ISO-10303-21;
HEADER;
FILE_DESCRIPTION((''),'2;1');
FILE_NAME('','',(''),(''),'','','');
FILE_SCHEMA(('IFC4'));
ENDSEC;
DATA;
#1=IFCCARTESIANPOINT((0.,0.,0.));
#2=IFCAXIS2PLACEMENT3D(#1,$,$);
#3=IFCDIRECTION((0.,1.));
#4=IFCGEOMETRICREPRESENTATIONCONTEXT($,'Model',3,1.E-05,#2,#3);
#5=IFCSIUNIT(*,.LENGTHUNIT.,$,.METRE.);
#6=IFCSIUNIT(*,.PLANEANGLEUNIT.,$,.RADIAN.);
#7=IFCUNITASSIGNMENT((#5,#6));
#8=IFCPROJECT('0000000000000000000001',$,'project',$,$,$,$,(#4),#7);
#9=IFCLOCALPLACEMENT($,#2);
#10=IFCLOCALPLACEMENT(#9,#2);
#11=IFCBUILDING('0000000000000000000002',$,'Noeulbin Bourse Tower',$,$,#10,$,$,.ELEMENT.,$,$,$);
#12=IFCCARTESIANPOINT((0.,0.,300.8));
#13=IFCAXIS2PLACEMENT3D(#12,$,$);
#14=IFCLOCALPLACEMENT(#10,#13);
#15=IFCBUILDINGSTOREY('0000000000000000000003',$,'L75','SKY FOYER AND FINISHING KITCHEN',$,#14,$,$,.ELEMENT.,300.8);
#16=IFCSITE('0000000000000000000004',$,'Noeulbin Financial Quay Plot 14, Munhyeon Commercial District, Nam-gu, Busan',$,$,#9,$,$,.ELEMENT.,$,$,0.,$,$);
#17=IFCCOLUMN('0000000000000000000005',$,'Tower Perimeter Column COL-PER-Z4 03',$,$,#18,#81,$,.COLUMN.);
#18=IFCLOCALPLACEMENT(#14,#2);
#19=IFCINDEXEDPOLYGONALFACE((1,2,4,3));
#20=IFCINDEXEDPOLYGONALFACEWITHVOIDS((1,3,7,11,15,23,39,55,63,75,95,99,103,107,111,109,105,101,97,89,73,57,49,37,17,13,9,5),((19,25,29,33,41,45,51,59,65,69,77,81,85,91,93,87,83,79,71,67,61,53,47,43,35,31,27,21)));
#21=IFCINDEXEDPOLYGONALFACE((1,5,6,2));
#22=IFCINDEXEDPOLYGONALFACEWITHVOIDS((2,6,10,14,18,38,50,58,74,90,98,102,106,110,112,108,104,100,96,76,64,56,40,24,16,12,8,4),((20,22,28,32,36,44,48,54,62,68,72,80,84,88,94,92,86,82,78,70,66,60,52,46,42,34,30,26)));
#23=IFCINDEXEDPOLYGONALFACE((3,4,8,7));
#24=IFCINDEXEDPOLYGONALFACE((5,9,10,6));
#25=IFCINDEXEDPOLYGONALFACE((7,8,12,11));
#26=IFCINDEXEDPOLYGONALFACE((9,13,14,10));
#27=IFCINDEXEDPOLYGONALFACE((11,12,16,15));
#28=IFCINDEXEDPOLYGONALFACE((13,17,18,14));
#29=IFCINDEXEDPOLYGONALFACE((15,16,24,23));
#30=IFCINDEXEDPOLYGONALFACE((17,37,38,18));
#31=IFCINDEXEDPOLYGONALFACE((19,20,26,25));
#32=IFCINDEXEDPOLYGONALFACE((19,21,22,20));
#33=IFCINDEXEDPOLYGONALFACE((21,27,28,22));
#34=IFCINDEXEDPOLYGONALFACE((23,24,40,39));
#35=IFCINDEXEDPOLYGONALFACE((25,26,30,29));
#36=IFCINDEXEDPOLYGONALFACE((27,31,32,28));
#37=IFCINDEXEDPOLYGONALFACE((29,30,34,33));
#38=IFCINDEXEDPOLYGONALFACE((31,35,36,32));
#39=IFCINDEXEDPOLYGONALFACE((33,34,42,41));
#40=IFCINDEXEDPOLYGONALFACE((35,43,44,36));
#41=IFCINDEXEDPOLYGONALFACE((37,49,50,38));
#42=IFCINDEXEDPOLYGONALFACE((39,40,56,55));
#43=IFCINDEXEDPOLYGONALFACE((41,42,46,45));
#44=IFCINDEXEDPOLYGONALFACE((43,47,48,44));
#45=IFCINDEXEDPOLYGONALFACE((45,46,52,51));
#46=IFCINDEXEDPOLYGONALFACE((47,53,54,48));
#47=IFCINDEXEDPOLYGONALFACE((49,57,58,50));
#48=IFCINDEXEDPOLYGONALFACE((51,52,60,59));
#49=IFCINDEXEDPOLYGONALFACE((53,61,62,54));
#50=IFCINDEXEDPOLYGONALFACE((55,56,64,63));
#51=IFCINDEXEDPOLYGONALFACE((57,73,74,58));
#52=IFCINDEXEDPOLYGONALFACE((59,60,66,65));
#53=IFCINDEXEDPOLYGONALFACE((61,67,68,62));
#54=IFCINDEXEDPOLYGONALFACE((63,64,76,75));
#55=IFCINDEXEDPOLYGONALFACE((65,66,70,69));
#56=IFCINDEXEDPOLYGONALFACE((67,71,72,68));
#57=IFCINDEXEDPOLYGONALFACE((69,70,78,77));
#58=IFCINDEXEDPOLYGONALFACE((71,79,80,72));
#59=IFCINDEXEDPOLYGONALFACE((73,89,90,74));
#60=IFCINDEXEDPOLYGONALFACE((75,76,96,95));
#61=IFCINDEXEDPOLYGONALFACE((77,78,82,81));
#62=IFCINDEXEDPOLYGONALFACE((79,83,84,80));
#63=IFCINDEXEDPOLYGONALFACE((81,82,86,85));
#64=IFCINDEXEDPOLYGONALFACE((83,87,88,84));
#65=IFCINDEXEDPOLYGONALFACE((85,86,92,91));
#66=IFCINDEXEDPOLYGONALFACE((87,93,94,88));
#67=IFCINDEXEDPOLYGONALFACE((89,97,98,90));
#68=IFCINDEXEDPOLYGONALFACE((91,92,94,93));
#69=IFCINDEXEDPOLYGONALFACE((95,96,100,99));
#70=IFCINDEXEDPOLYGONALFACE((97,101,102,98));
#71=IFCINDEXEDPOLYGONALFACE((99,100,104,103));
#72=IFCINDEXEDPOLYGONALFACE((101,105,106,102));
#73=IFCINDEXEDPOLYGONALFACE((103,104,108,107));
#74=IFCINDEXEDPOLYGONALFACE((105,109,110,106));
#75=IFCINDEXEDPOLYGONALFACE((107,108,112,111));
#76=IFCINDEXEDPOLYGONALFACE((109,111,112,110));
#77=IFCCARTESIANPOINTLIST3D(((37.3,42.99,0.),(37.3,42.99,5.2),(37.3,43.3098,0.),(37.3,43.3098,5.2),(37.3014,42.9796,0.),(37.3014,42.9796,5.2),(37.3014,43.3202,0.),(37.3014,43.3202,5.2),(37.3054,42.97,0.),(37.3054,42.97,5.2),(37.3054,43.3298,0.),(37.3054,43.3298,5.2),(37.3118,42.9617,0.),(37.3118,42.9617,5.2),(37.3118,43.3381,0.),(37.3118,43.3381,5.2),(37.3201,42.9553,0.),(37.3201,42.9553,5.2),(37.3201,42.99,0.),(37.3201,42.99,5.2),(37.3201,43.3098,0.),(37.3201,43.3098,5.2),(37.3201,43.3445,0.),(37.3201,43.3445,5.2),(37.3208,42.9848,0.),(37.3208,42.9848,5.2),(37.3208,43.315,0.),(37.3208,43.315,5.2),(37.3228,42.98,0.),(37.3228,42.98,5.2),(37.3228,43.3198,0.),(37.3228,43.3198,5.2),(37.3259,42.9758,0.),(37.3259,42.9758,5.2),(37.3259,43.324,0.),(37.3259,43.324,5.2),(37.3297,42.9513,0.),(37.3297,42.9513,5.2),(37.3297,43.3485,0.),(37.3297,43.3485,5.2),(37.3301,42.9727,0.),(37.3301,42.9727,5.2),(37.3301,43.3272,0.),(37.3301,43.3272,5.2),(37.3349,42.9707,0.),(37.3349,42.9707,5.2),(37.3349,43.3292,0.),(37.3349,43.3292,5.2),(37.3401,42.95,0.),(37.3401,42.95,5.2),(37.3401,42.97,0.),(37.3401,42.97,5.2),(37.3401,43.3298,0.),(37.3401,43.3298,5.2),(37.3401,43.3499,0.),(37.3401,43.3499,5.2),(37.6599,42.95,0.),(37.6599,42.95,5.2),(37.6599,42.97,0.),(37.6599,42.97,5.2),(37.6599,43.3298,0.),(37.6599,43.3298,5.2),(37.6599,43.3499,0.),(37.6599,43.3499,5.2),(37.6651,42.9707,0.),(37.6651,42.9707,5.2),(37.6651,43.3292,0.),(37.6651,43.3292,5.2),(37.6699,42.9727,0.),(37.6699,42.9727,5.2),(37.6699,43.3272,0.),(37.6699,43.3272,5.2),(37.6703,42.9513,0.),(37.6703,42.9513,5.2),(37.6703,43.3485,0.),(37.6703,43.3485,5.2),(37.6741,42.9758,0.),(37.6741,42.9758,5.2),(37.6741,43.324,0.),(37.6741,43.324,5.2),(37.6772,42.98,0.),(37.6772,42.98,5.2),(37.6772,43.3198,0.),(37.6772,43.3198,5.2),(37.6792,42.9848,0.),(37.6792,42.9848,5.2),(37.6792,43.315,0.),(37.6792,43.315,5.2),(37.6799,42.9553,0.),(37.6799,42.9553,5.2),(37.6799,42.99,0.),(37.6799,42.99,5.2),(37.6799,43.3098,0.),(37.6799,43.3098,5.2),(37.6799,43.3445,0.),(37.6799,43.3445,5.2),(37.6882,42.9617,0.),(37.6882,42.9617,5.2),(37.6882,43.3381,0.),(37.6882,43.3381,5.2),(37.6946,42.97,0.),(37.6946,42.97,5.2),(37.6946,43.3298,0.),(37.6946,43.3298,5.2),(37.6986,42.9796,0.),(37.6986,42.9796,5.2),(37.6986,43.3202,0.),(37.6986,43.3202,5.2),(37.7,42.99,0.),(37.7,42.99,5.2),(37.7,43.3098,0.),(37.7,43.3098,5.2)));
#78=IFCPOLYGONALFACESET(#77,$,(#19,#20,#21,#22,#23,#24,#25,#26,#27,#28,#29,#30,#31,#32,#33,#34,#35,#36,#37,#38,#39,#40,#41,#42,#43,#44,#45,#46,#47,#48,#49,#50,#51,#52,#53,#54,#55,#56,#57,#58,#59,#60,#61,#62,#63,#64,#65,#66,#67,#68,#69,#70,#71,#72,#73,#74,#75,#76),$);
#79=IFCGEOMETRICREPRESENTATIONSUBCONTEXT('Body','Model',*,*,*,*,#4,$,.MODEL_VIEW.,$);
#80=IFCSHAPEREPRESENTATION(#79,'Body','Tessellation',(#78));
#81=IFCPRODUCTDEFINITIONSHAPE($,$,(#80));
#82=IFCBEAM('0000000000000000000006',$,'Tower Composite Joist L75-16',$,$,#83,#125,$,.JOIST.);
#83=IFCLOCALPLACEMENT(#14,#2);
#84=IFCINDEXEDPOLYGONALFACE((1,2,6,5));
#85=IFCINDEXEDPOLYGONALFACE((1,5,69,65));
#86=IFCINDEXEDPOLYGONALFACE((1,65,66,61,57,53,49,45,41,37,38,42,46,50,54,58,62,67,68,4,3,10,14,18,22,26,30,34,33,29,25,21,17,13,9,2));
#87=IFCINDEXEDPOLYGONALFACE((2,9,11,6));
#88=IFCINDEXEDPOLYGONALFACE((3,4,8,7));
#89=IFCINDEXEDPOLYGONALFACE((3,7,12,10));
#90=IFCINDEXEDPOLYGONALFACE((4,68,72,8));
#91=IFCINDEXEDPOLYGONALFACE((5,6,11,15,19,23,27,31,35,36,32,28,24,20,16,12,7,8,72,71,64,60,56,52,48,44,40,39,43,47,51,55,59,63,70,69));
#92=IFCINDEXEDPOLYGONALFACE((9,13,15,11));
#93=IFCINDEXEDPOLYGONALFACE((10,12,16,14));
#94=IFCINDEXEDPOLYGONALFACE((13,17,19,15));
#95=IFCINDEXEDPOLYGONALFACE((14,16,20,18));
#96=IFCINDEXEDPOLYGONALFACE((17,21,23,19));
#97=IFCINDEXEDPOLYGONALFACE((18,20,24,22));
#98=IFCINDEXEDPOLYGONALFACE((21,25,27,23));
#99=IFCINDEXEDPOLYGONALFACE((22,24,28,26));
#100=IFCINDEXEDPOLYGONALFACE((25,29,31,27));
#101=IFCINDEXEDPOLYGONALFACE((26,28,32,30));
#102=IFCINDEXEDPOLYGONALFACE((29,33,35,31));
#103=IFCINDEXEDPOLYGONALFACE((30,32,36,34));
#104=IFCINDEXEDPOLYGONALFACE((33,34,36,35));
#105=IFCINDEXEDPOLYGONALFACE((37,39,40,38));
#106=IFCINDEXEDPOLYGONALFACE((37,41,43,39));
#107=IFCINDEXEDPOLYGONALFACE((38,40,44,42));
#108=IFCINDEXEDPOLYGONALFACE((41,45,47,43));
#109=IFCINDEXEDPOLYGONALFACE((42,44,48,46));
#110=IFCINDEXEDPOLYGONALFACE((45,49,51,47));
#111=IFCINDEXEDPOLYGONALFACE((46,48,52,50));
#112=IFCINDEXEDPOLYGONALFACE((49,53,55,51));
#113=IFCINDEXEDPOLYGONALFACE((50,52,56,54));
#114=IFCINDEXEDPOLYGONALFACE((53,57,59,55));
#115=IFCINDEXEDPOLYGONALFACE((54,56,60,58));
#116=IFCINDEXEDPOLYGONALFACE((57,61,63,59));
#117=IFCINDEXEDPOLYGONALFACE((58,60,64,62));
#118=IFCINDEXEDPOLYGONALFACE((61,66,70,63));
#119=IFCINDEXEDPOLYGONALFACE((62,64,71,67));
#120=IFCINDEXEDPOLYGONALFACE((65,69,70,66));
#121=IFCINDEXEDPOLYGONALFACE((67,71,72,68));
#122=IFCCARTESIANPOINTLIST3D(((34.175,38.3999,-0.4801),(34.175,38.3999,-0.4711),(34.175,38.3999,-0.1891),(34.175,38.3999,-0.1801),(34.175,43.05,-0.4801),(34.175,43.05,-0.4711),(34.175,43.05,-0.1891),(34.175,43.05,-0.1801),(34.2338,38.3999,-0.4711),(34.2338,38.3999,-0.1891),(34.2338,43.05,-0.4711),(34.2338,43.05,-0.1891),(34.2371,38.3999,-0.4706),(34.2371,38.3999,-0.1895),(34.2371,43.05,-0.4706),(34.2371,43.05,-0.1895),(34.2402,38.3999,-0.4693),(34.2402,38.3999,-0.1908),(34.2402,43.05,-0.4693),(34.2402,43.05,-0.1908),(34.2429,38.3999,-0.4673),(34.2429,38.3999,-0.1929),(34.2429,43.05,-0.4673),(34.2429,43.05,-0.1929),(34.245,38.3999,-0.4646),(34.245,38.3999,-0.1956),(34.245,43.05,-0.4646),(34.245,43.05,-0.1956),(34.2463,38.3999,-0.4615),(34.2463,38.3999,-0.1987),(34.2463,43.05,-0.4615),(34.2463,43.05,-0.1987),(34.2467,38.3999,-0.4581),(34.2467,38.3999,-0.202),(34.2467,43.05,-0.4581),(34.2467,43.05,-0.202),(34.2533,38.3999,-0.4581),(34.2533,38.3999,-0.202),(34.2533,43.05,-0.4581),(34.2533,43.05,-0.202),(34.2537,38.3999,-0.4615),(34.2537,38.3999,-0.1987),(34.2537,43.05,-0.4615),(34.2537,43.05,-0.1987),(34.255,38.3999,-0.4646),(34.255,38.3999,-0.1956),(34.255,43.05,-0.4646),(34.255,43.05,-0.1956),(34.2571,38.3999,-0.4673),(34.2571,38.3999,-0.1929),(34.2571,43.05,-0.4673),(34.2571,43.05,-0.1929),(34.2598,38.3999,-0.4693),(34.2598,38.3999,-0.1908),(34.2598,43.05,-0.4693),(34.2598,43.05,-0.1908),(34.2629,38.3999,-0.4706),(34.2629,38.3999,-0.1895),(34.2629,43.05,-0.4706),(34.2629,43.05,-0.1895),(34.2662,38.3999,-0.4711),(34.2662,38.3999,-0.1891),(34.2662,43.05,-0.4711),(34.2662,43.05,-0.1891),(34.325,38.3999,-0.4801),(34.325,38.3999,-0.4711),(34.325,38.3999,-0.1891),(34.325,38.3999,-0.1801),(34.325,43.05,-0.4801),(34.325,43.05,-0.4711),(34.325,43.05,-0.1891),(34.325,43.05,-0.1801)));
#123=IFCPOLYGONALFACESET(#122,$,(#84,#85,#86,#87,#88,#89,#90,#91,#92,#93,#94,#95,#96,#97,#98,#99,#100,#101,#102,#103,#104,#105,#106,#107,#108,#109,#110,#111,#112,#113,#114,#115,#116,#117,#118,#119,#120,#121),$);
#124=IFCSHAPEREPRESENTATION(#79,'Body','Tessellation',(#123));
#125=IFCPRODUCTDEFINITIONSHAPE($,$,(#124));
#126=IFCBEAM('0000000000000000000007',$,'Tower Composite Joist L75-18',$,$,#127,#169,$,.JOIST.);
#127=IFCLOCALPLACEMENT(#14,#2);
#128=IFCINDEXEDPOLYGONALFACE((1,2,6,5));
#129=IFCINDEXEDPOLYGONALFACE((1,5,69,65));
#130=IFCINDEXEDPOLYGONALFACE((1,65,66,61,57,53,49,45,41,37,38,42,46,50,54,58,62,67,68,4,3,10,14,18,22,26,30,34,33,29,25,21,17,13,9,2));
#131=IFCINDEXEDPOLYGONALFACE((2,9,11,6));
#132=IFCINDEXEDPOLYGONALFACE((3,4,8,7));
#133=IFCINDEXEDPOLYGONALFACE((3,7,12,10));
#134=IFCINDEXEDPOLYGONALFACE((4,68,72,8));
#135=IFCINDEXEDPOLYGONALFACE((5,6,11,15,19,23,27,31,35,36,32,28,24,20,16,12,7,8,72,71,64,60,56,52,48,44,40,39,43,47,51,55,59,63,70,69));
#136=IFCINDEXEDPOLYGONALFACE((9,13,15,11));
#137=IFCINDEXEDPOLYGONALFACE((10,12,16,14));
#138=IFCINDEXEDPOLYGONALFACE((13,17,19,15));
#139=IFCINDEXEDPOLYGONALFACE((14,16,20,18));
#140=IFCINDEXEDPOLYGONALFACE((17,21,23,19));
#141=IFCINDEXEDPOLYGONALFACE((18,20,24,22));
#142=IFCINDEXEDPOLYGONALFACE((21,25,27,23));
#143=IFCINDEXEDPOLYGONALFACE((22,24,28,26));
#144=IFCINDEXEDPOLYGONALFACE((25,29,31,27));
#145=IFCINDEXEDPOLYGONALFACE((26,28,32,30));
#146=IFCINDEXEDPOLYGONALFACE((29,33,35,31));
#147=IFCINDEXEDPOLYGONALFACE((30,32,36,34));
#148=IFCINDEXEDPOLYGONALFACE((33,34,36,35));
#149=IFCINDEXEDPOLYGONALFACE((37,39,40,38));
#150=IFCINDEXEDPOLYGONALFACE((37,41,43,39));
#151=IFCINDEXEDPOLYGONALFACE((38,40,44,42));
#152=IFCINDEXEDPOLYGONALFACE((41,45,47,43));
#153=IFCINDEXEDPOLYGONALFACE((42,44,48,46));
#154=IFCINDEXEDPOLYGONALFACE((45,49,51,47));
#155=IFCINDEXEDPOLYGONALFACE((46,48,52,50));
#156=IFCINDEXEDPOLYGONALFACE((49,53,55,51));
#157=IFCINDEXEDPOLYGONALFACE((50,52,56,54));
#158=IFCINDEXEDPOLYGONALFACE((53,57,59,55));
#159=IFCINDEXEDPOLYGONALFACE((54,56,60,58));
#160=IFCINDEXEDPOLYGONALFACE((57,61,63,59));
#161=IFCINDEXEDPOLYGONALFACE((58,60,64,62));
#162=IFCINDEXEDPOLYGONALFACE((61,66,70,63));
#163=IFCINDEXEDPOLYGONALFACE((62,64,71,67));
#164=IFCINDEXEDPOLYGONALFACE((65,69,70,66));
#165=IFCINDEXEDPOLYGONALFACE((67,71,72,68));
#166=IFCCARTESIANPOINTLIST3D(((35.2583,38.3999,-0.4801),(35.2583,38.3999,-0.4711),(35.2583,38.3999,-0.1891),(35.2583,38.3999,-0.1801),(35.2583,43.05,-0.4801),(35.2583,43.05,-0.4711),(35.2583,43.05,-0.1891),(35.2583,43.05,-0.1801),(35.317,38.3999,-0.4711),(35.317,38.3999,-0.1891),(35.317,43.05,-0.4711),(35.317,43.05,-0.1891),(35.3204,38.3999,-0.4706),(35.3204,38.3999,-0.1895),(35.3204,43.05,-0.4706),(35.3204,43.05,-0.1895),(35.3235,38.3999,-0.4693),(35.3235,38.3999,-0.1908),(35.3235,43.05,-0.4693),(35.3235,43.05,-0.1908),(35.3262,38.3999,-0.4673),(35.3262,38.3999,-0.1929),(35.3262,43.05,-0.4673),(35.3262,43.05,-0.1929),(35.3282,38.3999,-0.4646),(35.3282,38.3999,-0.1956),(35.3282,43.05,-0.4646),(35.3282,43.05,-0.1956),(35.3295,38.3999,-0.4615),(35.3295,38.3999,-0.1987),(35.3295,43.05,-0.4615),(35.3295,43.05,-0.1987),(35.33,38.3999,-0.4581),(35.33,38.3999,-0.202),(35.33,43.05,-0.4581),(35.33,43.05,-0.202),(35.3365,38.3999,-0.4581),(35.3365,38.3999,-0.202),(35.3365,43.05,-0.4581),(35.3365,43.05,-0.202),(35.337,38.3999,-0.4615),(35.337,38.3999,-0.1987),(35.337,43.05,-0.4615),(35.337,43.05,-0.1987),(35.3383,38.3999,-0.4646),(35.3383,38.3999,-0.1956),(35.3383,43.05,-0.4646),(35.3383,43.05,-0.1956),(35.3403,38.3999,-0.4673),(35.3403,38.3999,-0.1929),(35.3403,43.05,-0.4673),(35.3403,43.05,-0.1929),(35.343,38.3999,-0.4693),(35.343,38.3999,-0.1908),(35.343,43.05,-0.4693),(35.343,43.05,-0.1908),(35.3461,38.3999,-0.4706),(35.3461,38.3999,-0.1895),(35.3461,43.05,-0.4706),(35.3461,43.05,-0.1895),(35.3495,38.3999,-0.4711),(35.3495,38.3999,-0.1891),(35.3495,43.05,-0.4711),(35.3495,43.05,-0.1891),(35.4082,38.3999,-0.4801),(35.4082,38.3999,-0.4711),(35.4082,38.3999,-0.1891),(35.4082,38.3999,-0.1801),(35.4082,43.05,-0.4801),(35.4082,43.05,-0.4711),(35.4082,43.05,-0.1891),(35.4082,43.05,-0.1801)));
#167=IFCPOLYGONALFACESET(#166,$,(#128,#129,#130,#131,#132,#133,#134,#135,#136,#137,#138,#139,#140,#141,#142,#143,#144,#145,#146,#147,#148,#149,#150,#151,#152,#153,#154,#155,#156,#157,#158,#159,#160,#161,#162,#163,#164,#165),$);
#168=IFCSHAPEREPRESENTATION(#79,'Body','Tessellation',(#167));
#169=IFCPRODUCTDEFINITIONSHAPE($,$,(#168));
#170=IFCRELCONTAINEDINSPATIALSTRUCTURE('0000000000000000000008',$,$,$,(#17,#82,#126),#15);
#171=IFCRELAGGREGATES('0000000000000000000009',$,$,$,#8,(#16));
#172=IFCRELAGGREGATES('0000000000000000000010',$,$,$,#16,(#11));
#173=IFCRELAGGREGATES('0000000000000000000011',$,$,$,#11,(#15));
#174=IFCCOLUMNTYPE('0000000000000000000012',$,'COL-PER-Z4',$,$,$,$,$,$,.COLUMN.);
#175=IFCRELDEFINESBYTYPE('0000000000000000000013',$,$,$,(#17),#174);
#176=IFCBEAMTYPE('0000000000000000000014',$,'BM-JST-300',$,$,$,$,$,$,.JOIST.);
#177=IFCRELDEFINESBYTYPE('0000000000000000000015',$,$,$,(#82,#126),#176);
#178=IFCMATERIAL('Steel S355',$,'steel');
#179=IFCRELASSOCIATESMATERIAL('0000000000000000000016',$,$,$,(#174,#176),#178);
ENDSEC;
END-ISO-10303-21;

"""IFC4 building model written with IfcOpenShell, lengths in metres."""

from ifc_helpers import new_model, si_unit, direction, frame, origin, origin_2d, place, context, subcontext, project, spatial, hollow_rectangle, i_section, extrude, material, material_profile, profile_set, type_object, element, save


model = new_model("IFC4")

# Units and contexts
model_context = context("Model", 3, precision=1e-05, world=origin(), true_north=direction((0.0, 1.0)))
body_context = subcontext(model_context, "Body", "Model", "MODEL_VIEW")
ifc_project = project(units=[si_unit("LENGTHUNIT", "METRE"), si_unit("PLANEANGLEUNIT", "RADIAN")], contexts=[model_context])

# Site, building, storey
site_placement = place(None, origin())
site = spatial("IfcSite", under=ifc_project, at=site_placement, Name="Noeulbin Financial Quay Plot 14, Munhyeon Commercial District, Nam-gu, Busan", CompositionType="ELEMENT", RefElevation=0.0)
building_placement = place(site_placement, origin())
building = spatial("IfcBuilding", under=site, at=building_placement, Name="Noeulbin Bourse Tower", CompositionType="ELEMENT")
storey_placement = place(building_placement, frame((0.0, 0.0, 300.8)))
storey = spatial("IfcBuildingStorey", under=building, at=storey_placement, Name="L75", Description="SKY FOYER AND FINISHING KITCHEN", CompositionType="ELEMENT", Elevation=300.8)

# Column
ifc_material_1 = material(Name="Steel S355", Category="steel")
ifc_material_profile_1 = material_profile(ifc_material_1, hollow_rectangle(XDim=0.3999, YDim=0.3999, WallThickness=0.02, InnerFilletRadius=0.02, OuterFilletRadius=0.04, at=origin_2d()), Name="SHS-400x400x20", Category="LoadBearing")
ifc_profile_set_1 = profile_set([ifc_material_profile_1], Name="Steel S355")
column_type = type_object("IfcColumnType", Name="COL-PER-Z4", PredefinedType="COLUMN", material=ifc_profile_set_1)
column_placement = place(storey_placement, frame((37.5, 43.1499, 0.0), z_axis=(0.0, 0.0, 1.0), x_axis=(1.0, 0.0, 0.0)))
element("IfcColumn", 1, at=column_placement, inside=storey, type_object=column_type, Name="Tower Perimeter Column COL-PER-Z4 03", PredefinedType="COLUMN", context=body_context, shape_type="SweptSolid", body=[
    extrude(hollow_rectangle(XDim=0.3999, YDim=0.3999, WallThickness=0.02, InnerFilletRadius=0.02, OuterFilletRadius=0.04, at=origin_2d()), origin(), (0.0, 0.0, 1.0), 5.2),
])

# Beams
ifc_material_profile_2 = material_profile(ifc_material_1, i_section(OverallWidth=0.1499, OverallDepth=0.3, WebThickness=0.0066, FlangeThickness=0.009, FilletRadius=0.0129, at=origin_2d()), Name="H-300x150x6.5x9", Category="LoadBearing")
ifc_profile_set_2 = profile_set([ifc_material_profile_2], Name="Steel S355")
beam_type_1 = type_object("IfcBeamType", Name="BM-JST-300", PredefinedType="JOIST", material=ifc_profile_set_2)
for number, where, z_axis, x_axis, name in (
    (2, (34.25, 38.3999, -0.3301), (0.0, 1.0, 0.0), (-1.0, 0.0, 0.0), "Tower Composite Joist L75-16"),
    (3, (35.3333, 38.3999, -0.3301), (0.0, 1.0, 0.0), (-1.0, 0.0, 0.0), "Tower Composite Joist L75-18"),
):
    element("IfcBeam", number, at=place(storey_placement, frame(where, z_axis=z_axis, x_axis=x_axis)), inside=storey, type_object=beam_type_1, Name=name, PredefinedType="JOIST", context=body_context, shape_type="SweptSolid", body=[
        extrude(i_section(OverallWidth=0.1499, OverallDepth=0.3, WebThickness=0.0066, FlangeThickness=0.009, FilletRadius=0.0129, at=origin_2d()), origin(), (0.0, 0.0, 1.0), 4.6501),
    ])

save(model, "model.ifc")
